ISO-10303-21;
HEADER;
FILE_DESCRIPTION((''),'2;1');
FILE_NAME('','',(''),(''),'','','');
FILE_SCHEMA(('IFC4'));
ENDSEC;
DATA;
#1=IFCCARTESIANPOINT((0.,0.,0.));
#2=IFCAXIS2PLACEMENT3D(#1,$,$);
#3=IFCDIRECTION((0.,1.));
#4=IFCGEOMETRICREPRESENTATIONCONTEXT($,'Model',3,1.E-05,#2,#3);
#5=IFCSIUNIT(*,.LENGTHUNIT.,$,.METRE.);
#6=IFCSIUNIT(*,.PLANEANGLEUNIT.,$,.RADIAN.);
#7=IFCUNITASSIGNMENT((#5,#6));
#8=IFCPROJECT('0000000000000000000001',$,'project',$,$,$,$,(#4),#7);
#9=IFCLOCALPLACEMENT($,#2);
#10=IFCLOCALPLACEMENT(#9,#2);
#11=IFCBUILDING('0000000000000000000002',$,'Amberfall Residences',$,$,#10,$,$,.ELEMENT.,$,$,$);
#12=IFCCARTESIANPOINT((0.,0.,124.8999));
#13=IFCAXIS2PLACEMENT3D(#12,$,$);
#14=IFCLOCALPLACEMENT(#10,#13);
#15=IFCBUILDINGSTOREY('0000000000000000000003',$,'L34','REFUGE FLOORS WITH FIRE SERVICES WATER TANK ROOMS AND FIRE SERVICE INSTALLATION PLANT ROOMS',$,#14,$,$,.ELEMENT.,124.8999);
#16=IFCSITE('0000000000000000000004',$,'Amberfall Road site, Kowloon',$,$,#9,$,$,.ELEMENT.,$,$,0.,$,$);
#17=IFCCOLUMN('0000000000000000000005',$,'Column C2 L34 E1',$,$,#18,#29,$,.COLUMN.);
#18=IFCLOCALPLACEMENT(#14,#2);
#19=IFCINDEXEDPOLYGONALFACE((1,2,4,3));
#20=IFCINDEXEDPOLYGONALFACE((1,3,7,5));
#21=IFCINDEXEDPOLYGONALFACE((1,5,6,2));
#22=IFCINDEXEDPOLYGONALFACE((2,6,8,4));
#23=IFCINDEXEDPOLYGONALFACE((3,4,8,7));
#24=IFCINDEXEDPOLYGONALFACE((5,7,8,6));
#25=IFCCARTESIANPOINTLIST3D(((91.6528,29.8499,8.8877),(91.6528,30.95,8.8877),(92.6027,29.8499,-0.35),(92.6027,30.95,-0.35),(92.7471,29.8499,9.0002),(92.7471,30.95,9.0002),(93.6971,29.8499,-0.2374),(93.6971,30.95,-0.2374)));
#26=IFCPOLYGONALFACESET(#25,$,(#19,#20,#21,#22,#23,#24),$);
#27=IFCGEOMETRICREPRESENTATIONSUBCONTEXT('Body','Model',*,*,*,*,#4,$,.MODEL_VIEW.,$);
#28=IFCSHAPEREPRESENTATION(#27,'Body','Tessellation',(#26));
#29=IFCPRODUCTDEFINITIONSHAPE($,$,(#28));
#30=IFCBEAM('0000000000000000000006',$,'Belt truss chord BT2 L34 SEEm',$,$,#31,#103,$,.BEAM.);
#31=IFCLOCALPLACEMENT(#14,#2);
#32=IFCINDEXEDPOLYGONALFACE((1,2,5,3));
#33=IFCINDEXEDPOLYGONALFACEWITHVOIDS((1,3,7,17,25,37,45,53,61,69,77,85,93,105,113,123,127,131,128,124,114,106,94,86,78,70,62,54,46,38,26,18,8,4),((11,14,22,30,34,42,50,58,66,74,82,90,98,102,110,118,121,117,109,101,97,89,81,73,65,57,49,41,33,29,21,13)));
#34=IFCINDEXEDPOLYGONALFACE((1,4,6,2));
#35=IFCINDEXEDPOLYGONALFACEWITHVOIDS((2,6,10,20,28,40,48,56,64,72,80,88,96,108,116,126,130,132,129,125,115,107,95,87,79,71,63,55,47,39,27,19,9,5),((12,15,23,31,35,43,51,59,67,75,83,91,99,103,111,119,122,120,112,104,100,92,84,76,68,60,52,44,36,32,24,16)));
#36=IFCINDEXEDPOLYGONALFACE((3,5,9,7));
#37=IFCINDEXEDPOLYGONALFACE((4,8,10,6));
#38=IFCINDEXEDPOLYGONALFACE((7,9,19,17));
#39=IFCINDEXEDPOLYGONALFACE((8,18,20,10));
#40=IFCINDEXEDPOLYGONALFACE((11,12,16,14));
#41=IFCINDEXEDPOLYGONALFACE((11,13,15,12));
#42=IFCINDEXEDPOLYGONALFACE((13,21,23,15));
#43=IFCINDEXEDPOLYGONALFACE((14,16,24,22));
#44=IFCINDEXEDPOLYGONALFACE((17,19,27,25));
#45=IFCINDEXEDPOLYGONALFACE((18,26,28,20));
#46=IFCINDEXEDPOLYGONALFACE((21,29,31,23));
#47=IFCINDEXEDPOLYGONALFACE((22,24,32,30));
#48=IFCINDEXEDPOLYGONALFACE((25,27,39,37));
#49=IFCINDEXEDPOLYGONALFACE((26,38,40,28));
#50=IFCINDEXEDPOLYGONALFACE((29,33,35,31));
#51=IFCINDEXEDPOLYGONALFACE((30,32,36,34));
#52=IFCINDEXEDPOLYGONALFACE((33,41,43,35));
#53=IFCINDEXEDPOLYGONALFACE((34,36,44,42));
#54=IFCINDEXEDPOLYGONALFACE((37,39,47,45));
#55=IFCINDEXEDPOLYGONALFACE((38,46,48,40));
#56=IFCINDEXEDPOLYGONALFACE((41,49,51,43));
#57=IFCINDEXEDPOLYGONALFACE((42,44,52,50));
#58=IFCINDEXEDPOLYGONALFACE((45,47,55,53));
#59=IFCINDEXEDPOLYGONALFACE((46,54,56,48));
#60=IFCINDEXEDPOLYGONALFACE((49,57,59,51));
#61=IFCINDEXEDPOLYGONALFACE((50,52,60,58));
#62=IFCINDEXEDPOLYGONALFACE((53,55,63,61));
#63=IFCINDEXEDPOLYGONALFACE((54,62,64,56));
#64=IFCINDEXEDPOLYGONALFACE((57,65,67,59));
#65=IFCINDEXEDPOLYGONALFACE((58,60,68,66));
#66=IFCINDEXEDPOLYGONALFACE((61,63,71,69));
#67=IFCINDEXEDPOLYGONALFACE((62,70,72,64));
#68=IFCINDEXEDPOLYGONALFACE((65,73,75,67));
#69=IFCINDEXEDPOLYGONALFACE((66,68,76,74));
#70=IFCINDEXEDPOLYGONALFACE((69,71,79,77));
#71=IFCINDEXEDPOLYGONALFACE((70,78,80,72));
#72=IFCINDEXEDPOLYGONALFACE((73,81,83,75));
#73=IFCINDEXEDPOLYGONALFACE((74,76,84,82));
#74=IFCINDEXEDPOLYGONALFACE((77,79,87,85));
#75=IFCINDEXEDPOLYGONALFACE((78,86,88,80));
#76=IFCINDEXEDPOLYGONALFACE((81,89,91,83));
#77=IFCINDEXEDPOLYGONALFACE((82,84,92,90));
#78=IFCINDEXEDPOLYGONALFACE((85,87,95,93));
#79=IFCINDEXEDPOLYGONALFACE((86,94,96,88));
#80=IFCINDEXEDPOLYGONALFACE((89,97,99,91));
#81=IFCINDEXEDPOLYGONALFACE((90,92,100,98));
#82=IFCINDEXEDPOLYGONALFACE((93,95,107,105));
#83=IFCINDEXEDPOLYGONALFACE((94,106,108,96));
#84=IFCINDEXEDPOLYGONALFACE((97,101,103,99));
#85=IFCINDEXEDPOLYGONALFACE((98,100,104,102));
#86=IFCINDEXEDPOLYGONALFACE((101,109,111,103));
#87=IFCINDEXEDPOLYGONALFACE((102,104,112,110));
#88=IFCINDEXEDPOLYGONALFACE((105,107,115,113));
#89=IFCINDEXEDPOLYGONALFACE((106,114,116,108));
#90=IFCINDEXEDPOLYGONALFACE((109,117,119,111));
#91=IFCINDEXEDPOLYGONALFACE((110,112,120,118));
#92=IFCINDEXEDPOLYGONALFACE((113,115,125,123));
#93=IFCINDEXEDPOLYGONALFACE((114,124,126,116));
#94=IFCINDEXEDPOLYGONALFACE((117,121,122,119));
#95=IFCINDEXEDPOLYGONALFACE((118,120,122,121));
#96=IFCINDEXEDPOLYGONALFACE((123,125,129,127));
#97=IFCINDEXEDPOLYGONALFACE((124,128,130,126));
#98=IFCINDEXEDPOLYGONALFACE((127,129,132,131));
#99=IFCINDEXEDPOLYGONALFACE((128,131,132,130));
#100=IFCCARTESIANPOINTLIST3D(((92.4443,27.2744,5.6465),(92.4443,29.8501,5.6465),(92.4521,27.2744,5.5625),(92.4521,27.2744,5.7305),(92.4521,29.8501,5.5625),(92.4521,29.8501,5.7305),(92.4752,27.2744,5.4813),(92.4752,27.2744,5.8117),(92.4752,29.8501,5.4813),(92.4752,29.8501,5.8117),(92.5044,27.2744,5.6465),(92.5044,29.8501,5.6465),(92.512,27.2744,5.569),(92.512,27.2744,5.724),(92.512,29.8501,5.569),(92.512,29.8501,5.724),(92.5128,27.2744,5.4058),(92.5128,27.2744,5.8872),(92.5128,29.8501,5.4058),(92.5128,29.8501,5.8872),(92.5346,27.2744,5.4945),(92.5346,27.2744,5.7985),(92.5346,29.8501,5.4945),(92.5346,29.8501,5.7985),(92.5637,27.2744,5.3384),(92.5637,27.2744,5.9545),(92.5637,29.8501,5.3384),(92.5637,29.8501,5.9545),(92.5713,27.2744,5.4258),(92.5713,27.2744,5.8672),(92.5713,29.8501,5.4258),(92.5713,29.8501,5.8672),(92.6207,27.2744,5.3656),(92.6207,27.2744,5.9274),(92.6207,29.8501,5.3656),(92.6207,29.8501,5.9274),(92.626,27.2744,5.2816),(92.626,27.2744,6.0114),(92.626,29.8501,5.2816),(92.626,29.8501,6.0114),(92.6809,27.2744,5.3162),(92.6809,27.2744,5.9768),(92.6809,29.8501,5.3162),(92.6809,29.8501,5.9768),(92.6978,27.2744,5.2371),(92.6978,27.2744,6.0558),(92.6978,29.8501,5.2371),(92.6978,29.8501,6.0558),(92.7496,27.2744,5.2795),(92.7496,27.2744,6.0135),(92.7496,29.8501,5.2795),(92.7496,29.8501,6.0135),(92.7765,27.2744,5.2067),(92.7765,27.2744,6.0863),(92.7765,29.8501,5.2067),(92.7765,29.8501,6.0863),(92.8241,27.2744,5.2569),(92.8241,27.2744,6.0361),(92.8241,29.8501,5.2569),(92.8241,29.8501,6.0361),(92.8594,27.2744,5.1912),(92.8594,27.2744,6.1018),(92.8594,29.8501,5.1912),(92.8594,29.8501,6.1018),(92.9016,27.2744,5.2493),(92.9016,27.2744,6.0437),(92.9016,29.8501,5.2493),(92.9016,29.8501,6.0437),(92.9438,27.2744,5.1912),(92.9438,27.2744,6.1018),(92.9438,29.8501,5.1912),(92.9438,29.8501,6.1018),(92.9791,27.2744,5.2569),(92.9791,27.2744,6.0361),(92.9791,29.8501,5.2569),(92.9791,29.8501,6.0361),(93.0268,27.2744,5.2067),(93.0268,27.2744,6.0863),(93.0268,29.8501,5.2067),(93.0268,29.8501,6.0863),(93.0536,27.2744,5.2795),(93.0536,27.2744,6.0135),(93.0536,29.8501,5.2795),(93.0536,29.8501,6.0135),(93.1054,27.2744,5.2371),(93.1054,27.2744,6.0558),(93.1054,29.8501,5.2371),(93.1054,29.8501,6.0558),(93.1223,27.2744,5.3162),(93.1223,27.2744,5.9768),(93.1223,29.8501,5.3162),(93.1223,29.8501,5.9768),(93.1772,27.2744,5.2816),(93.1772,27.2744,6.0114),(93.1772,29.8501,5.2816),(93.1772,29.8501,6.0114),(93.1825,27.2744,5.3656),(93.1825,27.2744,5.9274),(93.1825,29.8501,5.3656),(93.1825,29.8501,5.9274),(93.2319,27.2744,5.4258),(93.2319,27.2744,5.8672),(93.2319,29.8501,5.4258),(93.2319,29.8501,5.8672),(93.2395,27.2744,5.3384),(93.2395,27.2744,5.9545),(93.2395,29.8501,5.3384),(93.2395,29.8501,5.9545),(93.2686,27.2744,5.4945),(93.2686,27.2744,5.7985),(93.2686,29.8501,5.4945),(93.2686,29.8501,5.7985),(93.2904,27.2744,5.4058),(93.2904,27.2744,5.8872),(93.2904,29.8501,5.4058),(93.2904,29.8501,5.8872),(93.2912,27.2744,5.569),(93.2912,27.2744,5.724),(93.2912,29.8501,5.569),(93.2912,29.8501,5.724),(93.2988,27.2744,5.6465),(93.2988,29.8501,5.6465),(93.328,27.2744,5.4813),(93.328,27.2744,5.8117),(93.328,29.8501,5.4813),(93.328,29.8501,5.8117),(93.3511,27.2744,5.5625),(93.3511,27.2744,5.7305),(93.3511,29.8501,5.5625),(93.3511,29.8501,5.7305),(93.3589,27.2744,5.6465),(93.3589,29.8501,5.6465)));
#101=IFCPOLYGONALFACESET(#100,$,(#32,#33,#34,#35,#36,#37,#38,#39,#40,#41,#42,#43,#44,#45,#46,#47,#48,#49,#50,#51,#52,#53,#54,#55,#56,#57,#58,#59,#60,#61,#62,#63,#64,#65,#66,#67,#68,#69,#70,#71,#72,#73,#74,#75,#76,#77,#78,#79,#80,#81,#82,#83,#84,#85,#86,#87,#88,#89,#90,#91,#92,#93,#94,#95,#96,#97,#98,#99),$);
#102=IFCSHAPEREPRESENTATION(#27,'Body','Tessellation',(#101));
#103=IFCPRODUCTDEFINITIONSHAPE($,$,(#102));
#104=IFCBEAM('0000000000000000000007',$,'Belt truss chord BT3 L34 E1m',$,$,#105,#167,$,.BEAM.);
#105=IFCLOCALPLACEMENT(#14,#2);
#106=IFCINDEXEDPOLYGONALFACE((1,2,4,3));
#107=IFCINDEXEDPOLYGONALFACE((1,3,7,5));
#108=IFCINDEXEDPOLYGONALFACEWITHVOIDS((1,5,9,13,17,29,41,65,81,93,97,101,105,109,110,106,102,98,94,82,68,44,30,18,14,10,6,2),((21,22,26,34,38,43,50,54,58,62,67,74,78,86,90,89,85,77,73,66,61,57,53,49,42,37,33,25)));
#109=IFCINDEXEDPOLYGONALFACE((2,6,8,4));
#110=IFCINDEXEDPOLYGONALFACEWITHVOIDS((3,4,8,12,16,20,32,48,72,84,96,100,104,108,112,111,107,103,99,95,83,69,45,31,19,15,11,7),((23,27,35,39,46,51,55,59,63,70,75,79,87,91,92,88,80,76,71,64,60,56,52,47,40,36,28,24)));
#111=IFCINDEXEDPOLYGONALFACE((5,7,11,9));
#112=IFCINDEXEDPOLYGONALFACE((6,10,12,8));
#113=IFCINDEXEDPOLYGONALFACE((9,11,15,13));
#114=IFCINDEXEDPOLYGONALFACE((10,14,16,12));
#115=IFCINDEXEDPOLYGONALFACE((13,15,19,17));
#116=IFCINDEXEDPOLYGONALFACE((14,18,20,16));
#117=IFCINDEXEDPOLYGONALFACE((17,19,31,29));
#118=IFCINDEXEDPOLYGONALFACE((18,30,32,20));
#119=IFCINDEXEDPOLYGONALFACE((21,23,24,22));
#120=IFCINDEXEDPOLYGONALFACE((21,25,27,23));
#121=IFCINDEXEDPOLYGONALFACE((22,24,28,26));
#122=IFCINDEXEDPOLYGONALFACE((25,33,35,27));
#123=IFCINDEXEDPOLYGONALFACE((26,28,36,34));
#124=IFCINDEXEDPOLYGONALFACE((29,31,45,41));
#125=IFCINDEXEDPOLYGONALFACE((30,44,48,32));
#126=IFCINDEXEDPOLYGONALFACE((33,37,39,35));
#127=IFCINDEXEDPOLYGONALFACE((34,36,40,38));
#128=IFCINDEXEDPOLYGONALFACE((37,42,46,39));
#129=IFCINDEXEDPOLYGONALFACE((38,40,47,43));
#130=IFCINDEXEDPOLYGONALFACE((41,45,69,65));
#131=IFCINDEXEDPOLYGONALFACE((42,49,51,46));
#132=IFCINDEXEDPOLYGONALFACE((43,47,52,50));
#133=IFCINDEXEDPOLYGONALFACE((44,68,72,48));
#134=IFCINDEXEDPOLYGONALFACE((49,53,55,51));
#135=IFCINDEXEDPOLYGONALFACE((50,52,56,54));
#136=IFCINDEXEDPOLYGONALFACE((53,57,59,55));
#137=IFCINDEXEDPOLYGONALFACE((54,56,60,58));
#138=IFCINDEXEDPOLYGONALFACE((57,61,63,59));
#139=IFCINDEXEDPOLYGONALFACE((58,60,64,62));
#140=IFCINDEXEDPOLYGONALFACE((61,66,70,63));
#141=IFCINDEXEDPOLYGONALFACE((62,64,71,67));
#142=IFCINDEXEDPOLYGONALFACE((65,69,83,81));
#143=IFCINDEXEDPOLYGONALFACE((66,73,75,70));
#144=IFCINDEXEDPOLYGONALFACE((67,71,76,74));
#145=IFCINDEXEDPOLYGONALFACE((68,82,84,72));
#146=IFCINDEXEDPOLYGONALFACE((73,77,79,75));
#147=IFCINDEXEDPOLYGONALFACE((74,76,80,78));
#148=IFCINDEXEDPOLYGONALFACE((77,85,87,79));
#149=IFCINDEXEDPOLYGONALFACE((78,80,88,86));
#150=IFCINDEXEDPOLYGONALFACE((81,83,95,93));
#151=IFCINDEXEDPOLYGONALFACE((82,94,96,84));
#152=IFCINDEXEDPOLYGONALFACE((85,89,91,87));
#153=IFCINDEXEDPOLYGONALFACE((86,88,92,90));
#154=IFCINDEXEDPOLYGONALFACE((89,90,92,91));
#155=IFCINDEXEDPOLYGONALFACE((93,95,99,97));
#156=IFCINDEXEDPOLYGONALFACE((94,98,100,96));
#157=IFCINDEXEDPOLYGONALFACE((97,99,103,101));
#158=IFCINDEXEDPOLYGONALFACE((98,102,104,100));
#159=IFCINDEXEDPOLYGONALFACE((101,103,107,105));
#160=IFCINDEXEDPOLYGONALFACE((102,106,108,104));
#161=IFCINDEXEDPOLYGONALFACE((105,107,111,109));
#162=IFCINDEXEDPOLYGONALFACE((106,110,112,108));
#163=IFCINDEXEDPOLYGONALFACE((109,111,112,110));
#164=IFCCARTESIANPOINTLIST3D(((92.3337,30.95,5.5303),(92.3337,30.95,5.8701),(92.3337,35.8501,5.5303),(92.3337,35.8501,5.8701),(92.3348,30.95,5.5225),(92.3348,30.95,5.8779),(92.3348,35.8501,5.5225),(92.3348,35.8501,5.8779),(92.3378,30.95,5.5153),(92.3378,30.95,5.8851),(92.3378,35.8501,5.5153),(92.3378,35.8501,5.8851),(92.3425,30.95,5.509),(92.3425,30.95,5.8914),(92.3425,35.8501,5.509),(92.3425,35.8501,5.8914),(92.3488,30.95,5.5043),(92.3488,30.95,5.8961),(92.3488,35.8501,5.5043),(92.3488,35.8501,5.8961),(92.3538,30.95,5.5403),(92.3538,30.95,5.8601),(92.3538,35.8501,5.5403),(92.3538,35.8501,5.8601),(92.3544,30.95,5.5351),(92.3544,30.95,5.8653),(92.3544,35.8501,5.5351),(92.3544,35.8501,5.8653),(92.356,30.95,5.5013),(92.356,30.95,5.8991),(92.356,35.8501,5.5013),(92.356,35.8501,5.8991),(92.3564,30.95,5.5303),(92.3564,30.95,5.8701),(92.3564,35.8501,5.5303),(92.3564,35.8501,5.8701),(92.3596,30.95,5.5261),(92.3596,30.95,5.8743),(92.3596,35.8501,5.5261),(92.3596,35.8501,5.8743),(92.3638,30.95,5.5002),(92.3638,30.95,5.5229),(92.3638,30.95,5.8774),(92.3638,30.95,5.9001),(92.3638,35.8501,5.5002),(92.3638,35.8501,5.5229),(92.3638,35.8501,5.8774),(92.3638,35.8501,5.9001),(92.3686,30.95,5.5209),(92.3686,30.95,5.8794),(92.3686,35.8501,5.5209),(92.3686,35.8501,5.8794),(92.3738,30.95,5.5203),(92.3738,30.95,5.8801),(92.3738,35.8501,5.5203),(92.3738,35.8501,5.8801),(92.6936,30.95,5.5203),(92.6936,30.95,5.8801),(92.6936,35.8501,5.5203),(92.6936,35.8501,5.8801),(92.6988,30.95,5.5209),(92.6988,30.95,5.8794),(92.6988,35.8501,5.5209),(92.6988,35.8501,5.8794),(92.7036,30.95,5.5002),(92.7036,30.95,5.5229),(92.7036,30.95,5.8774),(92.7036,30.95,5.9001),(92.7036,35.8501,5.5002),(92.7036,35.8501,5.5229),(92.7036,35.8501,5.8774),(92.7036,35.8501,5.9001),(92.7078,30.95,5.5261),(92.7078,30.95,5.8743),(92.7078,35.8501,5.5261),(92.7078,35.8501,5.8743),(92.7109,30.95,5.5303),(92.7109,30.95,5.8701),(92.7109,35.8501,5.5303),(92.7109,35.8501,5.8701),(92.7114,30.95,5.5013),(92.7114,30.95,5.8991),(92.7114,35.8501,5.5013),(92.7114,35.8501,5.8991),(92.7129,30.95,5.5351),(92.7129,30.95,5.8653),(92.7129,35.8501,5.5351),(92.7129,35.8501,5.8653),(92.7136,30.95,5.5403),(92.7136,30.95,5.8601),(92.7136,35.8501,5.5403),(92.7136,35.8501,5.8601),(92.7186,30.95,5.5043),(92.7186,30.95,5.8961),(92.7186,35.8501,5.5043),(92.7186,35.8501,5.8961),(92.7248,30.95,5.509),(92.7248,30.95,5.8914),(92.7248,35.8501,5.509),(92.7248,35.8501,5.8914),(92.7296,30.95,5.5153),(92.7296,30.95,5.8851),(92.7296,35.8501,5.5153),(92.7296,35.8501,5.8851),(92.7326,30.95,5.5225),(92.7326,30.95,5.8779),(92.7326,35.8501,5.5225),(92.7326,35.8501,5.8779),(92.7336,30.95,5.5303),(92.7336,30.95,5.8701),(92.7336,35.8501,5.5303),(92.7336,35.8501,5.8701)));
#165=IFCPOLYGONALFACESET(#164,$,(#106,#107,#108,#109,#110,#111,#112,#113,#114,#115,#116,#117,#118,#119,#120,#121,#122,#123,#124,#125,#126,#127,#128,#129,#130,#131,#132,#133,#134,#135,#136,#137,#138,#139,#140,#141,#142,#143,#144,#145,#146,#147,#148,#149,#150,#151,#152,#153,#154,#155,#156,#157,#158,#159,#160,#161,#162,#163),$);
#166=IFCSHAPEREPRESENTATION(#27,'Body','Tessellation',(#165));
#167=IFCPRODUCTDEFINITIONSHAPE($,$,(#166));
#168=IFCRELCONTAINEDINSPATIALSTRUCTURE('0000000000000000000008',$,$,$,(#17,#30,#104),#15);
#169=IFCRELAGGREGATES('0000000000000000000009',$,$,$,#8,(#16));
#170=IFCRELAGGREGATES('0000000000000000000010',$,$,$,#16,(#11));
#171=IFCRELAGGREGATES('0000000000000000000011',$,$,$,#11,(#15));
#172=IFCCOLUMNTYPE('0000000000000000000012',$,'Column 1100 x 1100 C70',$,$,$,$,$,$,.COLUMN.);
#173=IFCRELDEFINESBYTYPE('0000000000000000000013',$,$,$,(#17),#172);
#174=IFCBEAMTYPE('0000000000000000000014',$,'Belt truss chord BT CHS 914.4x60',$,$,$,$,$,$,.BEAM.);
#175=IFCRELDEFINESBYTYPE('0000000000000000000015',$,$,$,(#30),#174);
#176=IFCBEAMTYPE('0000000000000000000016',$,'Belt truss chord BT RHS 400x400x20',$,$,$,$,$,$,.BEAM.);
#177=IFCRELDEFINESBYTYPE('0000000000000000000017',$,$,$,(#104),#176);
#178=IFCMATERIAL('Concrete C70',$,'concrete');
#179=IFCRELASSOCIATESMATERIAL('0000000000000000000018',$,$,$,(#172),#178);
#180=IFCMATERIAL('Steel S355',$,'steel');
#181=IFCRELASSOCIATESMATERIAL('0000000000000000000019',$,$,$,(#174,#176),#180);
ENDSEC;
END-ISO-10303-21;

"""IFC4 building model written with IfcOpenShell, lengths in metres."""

from ifc_helpers import new_model, si_unit, direction, frame, origin, origin_2d, place, context, subcontext, project, spatial, rectangle, hollow_rectangle, hollow_circle, extrude, material, material_profile, profile_set, type_object, element, save


model = new_model("IFC4")

# Units and contexts
model_context = context("Model", 3, precision=1e-05, world=origin(), true_north=direction((0.0, 1.0)))
body_context = subcontext(model_context, "Body", "Model", "MODEL_VIEW")
ifc_project = project(units=[si_unit("LENGTHUNIT", "METRE"), si_unit("PLANEANGLEUNIT", "RADIAN")], contexts=[model_context])

# Site, building, storey
site_placement = place(None, origin())
site = spatial("IfcSite", under=ifc_project, at=site_placement, Name="Amberfall Road site, Kowloon", CompositionType="ELEMENT", RefElevation=0.0)
building_placement = place(site_placement, origin())
building = spatial("IfcBuilding", under=site, at=building_placement, Name="Amberfall Residences", CompositionType="ELEMENT")
storey_placement = place(building_placement, frame((0.0, 0.0, 124.8999)))
storey = spatial("IfcBuildingStorey", under=building, at=storey_placement, Name="L34", Description="REFUGE FLOORS WITH FIRE SERVICES WATER TANK ROOMS AND FIRE SERVICE INSTALLATION PLANT ROOMS", CompositionType="ELEMENT", Elevation=124.8999)

# Column
ifc_material_1 = material(Name="Concrete C70", Category="concrete")
ifc_material_profile_1 = material_profile(ifc_material_1, rectangle(XDim=1.1001, YDim=1.1001, at=origin_2d()), Name="Column 1100 x 1100 C70")
ifc_profile_set_1 = profile_set([ifc_material_profile_1], Name="Concrete C70")
column_type = type_object("IfcColumnType", Name="Column 1100 x 1100 C70", PredefinedType="COLUMN", material=ifc_profile_set_1)
column_placement = place(storey_placement, frame((93.1499, 30.3999, -0.2937), z_axis=(-0.102296, 0.0, 0.994754), x_axis=(0.0, -1.0, 0.0)))
element("IfcColumn", 1, at=column_placement, inside=storey, type_object=column_type, Name="Column C2 L34 E1", PredefinedType="COLUMN", context=body_context, shape_type="SweptSolid", body=[
    extrude(rectangle(XDim=1.1001, YDim=1.1001, at=origin_2d()), origin(), (0.0, 0.0, 1.0), 9.2864),
])

# Beams
ifc_material_2 = material(Name="Steel S355", Category="steel")
ifc_material_profile_2 = material_profile(ifc_material_2, hollow_circle(Radius=0.4573, WallThickness=0.0601, at=origin_2d()), Name="CHS 914.4x60")
ifc_profile_set_2 = profile_set([ifc_material_profile_2], Name="Steel S355")
beam_type_1 = type_object("IfcBeamType", Name="Belt truss chord BT CHS 914.4x60", PredefinedType="BEAM", material=ifc_profile_set_2)
beam_1_placement = place(storey_placement, frame((92.9016, 27.2744, 5.6465), z_axis=(0.0, 1.0, 0.0), x_axis=(-1.0, 0.0, 0.0)))
element("IfcBeam", 2, at=beam_1_placement, inside=storey, type_object=beam_type_1, Name="Belt truss chord BT2 L34 SEEm", PredefinedType="BEAM", context=body_context, shape_type="SweptSolid", body=[
    extrude(hollow_circle(Radius=0.4573, WallThickness=0.0601, at=origin_2d()), origin(), (0.0, 0.0, 1.0), 2.5757),
])
ifc_material_profile_3 = material_profile(ifc_material_2, hollow_rectangle(XDim=0.3999, YDim=0.3999, WallThickness=0.02, InnerFilletRadius=0.02, OuterFilletRadius=0.03, at=origin_2d()), Name="RHS 400x400x20")
ifc_profile_set_3 = profile_set([ifc_material_profile_3], Name="Steel S355")
beam_type_2 = type_object("IfcBeamType", Name="Belt truss chord BT RHS 400x400x20", PredefinedType="BEAM", material=ifc_profile_set_3)
beam_2_placement = place(storey_placement, frame((92.5337, 30.95, 5.7002), z_axis=(0.0, 1.0, 0.0), x_axis=(-1.0, 0.0, 0.0)))
element("IfcBeam", 3, at=beam_2_placement, inside=storey, type_object=beam_type_2, Name="Belt truss chord BT3 L34 E1m", PredefinedType="BEAM", context=body_context, shape_type="SweptSolid", body=[
    extrude(hollow_rectangle(XDim=0.3999, YDim=0.3999, WallThickness=0.02, InnerFilletRadius=0.02, OuterFilletRadius=0.03, at=origin_2d()), origin(), (0.0, 0.0, 1.0), 4.9001),
])

save(model, "model.ifc")
